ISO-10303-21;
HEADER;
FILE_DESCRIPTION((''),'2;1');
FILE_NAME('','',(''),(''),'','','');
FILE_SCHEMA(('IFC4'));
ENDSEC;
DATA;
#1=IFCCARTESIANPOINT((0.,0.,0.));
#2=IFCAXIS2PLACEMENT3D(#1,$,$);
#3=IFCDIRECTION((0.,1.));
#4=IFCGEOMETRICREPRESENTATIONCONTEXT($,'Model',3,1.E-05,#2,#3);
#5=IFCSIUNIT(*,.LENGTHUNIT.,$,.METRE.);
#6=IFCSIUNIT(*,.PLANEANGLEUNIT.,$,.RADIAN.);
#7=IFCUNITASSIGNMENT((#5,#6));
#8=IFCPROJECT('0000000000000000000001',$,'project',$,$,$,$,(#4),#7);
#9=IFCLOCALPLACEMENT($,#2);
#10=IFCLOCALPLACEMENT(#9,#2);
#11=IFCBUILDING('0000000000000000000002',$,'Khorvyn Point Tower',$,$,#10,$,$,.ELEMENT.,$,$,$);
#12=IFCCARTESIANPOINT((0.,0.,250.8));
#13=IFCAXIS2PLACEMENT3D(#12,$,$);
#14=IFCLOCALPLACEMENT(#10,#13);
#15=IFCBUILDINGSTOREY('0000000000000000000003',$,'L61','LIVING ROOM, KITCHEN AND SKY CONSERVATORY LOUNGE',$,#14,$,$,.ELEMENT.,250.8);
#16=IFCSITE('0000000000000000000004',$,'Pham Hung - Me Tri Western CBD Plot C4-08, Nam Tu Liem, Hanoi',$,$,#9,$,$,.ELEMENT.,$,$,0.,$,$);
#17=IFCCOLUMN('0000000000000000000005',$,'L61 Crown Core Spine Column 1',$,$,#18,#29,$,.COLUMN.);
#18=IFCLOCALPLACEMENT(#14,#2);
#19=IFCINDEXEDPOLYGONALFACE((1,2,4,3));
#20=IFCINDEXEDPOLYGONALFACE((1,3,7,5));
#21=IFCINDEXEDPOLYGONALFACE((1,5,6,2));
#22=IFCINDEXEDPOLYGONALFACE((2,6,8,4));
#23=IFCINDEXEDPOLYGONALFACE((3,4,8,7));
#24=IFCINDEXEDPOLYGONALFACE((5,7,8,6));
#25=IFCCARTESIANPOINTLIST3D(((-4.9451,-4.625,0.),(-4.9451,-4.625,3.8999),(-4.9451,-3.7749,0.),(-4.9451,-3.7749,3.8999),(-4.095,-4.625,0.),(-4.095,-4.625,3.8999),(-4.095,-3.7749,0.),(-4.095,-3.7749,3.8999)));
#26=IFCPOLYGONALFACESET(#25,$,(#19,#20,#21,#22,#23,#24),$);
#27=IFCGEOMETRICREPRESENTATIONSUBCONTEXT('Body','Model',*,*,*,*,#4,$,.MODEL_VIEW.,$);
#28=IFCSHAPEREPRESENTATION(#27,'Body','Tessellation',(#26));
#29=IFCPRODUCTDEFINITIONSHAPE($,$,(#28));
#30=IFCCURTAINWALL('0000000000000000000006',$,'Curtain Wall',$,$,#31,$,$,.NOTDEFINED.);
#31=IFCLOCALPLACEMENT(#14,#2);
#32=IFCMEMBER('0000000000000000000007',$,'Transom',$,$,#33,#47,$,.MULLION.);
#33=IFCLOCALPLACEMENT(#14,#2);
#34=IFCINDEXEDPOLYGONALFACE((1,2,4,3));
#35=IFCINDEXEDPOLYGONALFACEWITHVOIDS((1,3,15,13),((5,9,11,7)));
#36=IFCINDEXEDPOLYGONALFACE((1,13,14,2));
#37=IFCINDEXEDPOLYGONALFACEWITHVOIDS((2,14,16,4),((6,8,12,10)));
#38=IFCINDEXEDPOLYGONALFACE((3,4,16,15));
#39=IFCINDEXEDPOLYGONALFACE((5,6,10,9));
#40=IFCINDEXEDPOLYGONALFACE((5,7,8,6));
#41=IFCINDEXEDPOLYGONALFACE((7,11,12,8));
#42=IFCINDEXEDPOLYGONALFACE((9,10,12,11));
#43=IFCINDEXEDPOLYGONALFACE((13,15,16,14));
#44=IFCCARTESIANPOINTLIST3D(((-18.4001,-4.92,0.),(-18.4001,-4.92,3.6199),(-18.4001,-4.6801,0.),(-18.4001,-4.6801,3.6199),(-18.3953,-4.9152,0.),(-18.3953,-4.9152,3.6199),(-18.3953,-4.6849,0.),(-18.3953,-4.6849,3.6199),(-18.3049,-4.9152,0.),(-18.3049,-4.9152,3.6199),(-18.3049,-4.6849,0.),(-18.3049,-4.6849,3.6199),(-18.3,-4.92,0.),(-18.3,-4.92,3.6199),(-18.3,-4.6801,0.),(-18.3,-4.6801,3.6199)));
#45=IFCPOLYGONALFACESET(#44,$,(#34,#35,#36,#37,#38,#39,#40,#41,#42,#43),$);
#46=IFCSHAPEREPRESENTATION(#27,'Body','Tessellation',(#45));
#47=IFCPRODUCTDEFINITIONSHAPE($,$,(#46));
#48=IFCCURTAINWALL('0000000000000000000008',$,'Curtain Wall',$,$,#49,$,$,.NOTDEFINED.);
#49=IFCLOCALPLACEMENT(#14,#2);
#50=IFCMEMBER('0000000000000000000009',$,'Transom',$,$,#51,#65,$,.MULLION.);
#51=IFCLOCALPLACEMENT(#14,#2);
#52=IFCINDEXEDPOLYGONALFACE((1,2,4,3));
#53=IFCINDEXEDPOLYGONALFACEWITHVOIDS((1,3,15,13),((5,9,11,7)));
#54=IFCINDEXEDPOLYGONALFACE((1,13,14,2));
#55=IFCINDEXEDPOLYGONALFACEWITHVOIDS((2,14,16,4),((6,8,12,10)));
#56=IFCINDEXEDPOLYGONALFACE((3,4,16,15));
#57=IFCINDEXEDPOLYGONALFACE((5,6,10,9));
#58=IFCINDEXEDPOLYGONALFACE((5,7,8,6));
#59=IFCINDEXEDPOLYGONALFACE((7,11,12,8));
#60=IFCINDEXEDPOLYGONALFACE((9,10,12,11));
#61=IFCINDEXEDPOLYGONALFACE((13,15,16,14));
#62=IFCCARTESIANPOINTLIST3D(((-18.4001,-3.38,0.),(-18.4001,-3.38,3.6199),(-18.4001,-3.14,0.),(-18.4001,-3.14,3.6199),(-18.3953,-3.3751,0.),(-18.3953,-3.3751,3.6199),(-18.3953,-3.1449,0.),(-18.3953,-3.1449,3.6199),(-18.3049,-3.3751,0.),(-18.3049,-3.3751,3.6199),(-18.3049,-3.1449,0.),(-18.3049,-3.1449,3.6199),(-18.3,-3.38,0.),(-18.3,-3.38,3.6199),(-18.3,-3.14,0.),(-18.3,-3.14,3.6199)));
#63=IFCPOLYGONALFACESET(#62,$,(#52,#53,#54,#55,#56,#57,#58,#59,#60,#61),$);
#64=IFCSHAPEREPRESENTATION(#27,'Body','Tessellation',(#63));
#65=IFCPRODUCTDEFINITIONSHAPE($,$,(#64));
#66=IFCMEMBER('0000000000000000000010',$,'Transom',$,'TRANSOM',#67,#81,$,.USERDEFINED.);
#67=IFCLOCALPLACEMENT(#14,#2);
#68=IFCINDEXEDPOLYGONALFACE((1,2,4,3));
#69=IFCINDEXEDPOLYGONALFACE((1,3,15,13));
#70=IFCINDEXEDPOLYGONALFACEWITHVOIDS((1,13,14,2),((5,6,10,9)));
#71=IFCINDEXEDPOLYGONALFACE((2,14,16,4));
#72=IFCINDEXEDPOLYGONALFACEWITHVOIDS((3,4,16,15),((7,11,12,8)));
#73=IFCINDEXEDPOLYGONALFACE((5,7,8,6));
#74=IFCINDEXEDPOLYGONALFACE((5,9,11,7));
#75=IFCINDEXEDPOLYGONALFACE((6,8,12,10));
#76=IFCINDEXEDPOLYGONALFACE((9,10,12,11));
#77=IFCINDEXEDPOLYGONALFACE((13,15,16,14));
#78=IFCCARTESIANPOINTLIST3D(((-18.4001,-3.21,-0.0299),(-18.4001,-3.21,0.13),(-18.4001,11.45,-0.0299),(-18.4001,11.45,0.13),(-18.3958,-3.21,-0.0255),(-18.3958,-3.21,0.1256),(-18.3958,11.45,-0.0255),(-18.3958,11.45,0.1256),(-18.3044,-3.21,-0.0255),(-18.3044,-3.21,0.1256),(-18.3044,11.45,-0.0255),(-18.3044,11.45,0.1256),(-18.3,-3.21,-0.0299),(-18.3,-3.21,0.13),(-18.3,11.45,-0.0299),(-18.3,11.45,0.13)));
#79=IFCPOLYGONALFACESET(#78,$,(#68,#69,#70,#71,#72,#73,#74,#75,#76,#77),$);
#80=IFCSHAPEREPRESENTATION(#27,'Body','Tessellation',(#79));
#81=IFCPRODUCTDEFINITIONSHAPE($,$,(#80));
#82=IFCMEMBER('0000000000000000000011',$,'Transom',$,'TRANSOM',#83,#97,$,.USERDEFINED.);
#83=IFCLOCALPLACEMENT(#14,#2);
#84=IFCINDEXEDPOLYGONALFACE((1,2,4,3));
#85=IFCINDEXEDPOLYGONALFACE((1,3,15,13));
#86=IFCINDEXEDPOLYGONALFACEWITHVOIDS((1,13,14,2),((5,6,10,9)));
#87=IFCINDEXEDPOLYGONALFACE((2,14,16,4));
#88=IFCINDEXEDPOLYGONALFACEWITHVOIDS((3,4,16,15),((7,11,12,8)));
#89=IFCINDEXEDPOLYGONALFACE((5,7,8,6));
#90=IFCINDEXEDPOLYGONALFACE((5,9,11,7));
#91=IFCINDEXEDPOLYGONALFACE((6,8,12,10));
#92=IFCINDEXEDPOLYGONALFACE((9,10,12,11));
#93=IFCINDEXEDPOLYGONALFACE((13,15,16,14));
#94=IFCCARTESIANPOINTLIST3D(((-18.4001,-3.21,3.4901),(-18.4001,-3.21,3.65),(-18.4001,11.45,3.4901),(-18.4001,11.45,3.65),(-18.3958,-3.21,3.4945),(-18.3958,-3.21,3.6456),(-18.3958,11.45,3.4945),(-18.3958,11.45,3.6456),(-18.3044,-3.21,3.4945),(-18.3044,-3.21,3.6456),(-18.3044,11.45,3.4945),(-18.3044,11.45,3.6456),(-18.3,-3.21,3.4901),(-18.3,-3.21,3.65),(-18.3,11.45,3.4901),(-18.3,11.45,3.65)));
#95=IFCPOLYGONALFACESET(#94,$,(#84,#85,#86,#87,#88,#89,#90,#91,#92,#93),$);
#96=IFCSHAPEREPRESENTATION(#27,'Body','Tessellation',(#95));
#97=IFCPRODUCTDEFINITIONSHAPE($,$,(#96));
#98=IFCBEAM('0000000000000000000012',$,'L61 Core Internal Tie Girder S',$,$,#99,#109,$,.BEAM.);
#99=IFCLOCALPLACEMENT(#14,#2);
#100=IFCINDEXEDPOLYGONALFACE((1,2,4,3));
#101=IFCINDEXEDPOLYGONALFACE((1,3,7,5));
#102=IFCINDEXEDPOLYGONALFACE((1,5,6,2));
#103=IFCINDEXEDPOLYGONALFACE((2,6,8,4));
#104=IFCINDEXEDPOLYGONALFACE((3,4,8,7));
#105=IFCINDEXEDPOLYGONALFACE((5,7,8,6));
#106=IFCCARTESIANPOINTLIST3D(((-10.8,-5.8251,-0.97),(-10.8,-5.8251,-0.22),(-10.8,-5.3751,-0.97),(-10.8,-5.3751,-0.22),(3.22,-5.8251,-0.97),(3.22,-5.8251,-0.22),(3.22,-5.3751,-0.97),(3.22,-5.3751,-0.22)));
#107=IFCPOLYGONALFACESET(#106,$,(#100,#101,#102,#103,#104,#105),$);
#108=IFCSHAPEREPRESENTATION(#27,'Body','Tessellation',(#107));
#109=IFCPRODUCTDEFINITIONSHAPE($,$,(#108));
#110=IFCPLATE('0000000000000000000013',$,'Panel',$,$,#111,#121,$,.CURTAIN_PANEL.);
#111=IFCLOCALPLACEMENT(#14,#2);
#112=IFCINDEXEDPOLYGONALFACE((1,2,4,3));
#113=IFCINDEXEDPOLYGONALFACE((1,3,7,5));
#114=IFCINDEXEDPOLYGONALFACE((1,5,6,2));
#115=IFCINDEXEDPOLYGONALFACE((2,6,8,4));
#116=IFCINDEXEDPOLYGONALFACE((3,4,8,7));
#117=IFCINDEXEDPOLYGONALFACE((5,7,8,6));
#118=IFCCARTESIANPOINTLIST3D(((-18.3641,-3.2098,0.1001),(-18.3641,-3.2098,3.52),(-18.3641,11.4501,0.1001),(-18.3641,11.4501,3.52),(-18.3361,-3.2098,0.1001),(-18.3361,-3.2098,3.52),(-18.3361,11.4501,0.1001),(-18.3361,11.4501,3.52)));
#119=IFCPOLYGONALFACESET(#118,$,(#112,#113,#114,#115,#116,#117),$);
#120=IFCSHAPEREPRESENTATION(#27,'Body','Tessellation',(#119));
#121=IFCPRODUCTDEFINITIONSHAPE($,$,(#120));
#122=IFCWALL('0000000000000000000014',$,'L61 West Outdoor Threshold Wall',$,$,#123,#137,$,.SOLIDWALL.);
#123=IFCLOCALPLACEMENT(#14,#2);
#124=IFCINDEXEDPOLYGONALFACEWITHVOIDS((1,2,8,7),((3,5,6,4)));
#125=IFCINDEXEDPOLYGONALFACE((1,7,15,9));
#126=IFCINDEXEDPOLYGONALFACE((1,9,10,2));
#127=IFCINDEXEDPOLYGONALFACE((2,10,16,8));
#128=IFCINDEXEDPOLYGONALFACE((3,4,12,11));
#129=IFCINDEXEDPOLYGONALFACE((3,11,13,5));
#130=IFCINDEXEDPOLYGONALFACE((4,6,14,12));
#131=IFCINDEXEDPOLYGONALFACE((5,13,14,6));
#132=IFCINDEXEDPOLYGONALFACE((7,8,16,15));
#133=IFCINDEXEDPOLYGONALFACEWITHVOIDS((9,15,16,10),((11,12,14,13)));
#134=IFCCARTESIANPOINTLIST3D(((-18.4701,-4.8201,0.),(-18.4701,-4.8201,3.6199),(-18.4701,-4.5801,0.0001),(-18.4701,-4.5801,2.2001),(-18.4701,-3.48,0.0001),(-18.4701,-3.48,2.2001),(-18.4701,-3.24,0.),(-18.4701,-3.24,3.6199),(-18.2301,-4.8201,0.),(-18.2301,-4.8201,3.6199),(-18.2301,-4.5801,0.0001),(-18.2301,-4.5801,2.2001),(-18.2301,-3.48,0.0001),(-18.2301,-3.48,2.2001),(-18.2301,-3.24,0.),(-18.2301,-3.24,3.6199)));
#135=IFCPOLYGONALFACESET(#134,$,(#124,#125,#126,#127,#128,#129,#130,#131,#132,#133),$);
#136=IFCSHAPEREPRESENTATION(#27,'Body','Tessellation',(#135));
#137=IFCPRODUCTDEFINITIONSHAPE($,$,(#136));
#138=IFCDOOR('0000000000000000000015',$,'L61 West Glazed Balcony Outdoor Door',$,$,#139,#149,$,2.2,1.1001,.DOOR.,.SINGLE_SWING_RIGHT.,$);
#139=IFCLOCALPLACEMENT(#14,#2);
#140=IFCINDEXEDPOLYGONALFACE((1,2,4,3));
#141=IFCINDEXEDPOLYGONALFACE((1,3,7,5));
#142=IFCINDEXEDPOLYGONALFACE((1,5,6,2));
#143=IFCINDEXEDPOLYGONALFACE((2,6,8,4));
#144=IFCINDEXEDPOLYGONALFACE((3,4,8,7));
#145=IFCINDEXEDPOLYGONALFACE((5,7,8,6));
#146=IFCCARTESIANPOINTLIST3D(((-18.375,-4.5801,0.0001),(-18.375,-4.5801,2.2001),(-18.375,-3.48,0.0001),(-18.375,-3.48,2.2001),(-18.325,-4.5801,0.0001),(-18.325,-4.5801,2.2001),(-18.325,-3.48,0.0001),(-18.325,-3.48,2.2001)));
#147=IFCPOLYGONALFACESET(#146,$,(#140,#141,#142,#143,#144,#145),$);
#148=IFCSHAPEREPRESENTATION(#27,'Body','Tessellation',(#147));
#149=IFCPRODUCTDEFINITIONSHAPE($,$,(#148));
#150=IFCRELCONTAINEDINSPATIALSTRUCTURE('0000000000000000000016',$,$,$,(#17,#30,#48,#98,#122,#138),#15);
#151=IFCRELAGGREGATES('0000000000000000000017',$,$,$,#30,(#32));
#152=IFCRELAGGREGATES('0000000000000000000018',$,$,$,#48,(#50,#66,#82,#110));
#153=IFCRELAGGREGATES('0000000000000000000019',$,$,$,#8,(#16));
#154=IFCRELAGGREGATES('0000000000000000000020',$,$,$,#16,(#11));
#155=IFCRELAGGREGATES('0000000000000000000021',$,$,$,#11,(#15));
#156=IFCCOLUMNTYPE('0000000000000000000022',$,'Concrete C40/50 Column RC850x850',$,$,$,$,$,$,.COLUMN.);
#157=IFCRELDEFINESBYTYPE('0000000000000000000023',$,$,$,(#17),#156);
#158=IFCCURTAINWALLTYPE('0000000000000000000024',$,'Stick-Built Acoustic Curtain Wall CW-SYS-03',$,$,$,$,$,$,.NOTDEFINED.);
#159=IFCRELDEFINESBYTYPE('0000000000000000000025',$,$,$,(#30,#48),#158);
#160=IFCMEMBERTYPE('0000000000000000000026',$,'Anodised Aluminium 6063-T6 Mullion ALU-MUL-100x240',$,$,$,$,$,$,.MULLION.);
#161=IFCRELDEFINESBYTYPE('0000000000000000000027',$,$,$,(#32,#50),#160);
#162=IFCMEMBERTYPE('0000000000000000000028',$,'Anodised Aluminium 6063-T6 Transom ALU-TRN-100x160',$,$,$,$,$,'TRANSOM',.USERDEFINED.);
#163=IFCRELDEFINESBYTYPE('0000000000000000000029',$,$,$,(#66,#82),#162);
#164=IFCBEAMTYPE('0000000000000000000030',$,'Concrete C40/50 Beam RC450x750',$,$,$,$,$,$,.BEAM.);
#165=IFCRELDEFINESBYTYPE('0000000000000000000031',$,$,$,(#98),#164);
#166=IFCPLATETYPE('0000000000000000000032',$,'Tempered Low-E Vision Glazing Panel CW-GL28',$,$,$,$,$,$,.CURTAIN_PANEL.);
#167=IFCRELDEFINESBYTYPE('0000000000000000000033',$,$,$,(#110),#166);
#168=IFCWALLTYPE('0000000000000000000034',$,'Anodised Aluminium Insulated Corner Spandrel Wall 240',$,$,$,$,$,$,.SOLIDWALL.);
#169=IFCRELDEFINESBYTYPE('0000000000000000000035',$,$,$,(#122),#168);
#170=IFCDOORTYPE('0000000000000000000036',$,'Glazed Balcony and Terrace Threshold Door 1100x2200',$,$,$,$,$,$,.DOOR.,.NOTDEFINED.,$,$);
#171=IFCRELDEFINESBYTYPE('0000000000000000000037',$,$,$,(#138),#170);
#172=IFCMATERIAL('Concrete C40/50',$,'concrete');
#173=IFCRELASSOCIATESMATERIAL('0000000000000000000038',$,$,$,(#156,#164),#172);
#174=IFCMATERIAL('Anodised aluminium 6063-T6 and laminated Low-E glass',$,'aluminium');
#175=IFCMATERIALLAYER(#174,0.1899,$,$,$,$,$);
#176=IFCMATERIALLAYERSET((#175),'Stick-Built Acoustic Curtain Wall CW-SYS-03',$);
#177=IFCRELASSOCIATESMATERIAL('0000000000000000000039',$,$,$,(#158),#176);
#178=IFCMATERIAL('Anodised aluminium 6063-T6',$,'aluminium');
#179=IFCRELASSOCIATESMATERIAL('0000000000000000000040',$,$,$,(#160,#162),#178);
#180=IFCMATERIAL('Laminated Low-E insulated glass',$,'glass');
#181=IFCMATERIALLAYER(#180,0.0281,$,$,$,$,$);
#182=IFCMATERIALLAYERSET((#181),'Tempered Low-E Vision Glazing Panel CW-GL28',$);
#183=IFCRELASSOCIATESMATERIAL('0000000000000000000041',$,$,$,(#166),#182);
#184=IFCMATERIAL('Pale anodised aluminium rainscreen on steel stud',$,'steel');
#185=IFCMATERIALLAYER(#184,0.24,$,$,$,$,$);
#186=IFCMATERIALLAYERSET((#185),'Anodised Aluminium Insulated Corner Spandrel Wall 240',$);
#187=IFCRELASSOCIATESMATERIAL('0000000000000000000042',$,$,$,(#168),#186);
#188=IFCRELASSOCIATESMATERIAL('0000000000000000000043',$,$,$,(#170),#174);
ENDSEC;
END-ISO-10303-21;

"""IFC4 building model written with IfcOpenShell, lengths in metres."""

from ifc_helpers import new_model, si_unit, direction, frame, frame_2d, origin, origin_2d, place, context, subcontext, project, spatial, rectangle, hollow_rectangle, extrude, material, layer, layer_set, material_profile, profile_set, type_object, element, fill, aggregate, save


model = new_model("IFC4")

# Units and contexts
model_context = context("Model", 3, precision=1e-05, world=origin(), true_north=direction((0.0, 1.0)))
body_context = subcontext(model_context, "Body", "Model", "MODEL_VIEW")
ifc_project = project(units=[si_unit("LENGTHUNIT", "METRE"), si_unit("PLANEANGLEUNIT", "RADIAN")], contexts=[model_context])

# Site, building, storey
site_placement = place(None, origin())
site = spatial("IfcSite", under=ifc_project, at=site_placement, Name="Pham Hung - Me Tri Western CBD Plot C4-08, Nam Tu Liem, Hanoi", CompositionType="ELEMENT", RefElevation=0.0)
building_placement = place(site_placement, origin())
building = spatial("IfcBuilding", under=site, at=building_placement, Name="Khorvyn Point Tower", CompositionType="ELEMENT")
storey_placement = place(building_placement, frame((0.0, 0.0, 250.8)))
storey = spatial("IfcBuildingStorey", under=building, at=storey_placement, Name="L61", Description="LIVING ROOM, KITCHEN AND SKY CONSERVATORY LOUNGE", CompositionType="ELEMENT", Elevation=250.8)

# Column
ifc_material_1 = material(Name="Concrete C40/50", Category="concrete")
ifc_material_profile_1 = material_profile(ifc_material_1, rectangle(XDim=0.8501, YDim=0.8501, at=origin_2d()))
ifc_profile_set_1 = profile_set([ifc_material_profile_1], Name="Concrete C40/50 RC850x850")
column_type = type_object("IfcColumnType", Name="Concrete C40/50 Column RC850x850", PredefinedType="COLUMN", material=ifc_profile_set_1)
column_placement = place(storey_placement, frame((-4.52, -4.2, 0.0), z_axis=(0.0, 0.0, 1.0), x_axis=(1.0, 0.0, 0.0)))
element("IfcColumn", 1, at=column_placement, inside=storey, type_object=column_type, Name="L61 Crown Core Spine Column 1", PredefinedType="COLUMN", context=body_context, shape_type="SweptSolid", body=[
    extrude(rectangle(XDim=0.8501, YDim=0.8501, at=origin_2d()), origin(), (0.0, 0.0, 1.0), 3.8999),
])

# Curtain wall, member
ifc_material_2 = material(Name="Anodised aluminium 6063-T6 and laminated Low-E glass", Category="aluminium")
ifc_layer_1 = layer(ifc_material_2, 0.1899)
ifc_layer_set_1 = layer_set([ifc_layer_1], Name="Stick-Built Acoustic Curtain Wall CW-SYS-03")
curtain_wall_type = type_object("IfcCurtainWallType", Name="Stick-Built Acoustic Curtain Wall CW-SYS-03", PredefinedType="NOTDEFINED", material=ifc_layer_set_1)
curtain_wall_1_placement = place(storey_placement, origin())
curtain_wall_1 = element("IfcCurtainWall", 2, at=curtain_wall_1_placement, inside=storey, type_object=curtain_wall_type, Name="Curtain Wall", PredefinedType="NOTDEFINED")
ifc_material_3 = material(Name="Anodised aluminium 6063-T6", Category="aluminium")
ifc_material_profile_2 = material_profile(ifc_material_3, hollow_rectangle(XDim=0.1001, YDim=0.24, WallThickness=0.0049, at=origin_2d()))
ifc_profile_set_2 = profile_set([ifc_material_profile_2], Name="Anodised aluminium 6063-T6 ALU-MUL-100x240")
member_type_1 = type_object("IfcMemberType", Name="Anodised Aluminium 6063-T6 Mullion ALU-MUL-100x240", PredefinedType="MULLION", material=ifc_profile_set_2)
member_1_placement = place(storey_placement, frame((-18.3501, -4.8, 0.0), z_axis=(0.0, 0.0, 1.0), x_axis=(-1.0, 0.0, 0.0)))
member_1 = element("IfcMember", 3, at=member_1_placement, type_object=member_type_1, Name="Transom", PredefinedType="MULLION", context=body_context, shape_type="SweptSolid", body=[
    extrude(hollow_rectangle(XDim=0.1001, YDim=0.24, WallThickness=0.0049, at=origin_2d()), origin(), (0.0, 0.0, 1.0), 3.6199),
])
aggregate(curtain_wall_1, [member_1])

# Curtain wall, members
curtain_wall_2_placement = place(storey_placement, origin())
curtain_wall_2 = element("IfcCurtainWall", 4, at=curtain_wall_2_placement, inside=storey, type_object=curtain_wall_type, Name="Curtain Wall", PredefinedType="NOTDEFINED")
member_2_placement = place(storey_placement, frame((-18.3501, -3.26, 0.0), z_axis=(0.0, 0.0, 1.0), x_axis=(-1.0, 0.0, 0.0)))
member_2 = element("IfcMember", 5, at=member_2_placement, type_object=member_type_1, Name="Transom", PredefinedType="MULLION", context=body_context, shape_type="SweptSolid", body=[
    extrude(hollow_rectangle(XDim=0.1001, YDim=0.24, WallThickness=0.0049, at=origin_2d()), origin(), (0.0, 0.0, 1.0), 3.6199),
])
ifc_material_profile_3 = material_profile(ifc_material_3, hollow_rectangle(XDim=0.1001, YDim=0.1599, WallThickness=0.0044, at=origin_2d()))
ifc_profile_set_3 = profile_set([ifc_material_profile_3], Name="Anodised aluminium 6063-T6 ALU-TRN-100x160")
member_type_2 = type_object("IfcMemberType", Name="Anodised Aluminium 6063-T6 Transom ALU-TRN-100x160", ElementType="TRANSOM", PredefinedType="USERDEFINED", material=ifc_profile_set_3)
member_3_placement = place(storey_placement, frame((-18.3501, -3.21, 0.05), z_axis=(0.0, 1.0, 0.0), x_axis=(-1.0, 0.0, 0.0)))
member_3 = element("IfcMember", 6, at=member_3_placement, type_object=member_type_2, Name="Transom", ObjectType="TRANSOM", PredefinedType="USERDEFINED", context=body_context, shape_type="SweptSolid", body=[
    extrude(hollow_rectangle(XDim=0.1001, YDim=0.1599, WallThickness=0.0044, at=origin_2d()), origin(), (0.0, 0.0, 1.0), 14.6599),
])
member_4_placement = place(storey_placement, frame((-18.3501, -3.21, 3.5701), z_axis=(0.0, 1.0, 0.0), x_axis=(-1.0, 0.0, 0.0)))
member_4 = element("IfcMember", 7, at=member_4_placement, type_object=member_type_2, Name="Transom", ObjectType="TRANSOM", PredefinedType="USERDEFINED", context=body_context, shape_type="SweptSolid", body=[
    extrude(hollow_rectangle(XDim=0.1001, YDim=0.1599, WallThickness=0.0044, at=origin_2d()), origin(), (0.0, 0.0, 1.0), 14.6599),
])

# Beam
ifc_material_profile_4 = material_profile(ifc_material_1, rectangle(XDim=0.45, YDim=0.75, at=origin_2d()))
ifc_profile_set_4 = profile_set([ifc_material_profile_4], Name="Concrete C40/50 RC450x750")
beam_type = type_object("IfcBeamType", Name="Concrete C40/50 Beam RC450x750", PredefinedType="BEAM", material=ifc_profile_set_4)
beam_placement = place(storey_placement, frame((-10.8, -5.6001, -0.595), z_axis=(1.0, 0.0, 0.0), x_axis=(0.0, 1.0, 0.0)))
element("IfcBeam", 8, at=beam_placement, inside=storey, type_object=beam_type, Name="L61 Core Internal Tie Girder S", PredefinedType="BEAM", context=body_context, shape_type="SweptSolid", body=[
    extrude(rectangle(XDim=0.45, YDim=0.75, at=origin_2d()), origin(), (0.0, 0.0, 1.0), 14.02),
])

# Plate
ifc_material_4 = material(Name="Laminated Low-E insulated glass", Category="glass")
ifc_layer_2 = layer(ifc_material_4, 0.0281)
ifc_layer_set_2 = layer_set([ifc_layer_2], Name="Tempered Low-E Vision Glazing Panel CW-GL28")
plate_type = type_object("IfcPlateType", Name="Tempered Low-E Vision Glazing Panel CW-GL28", PredefinedType="CURTAIN_PANEL", material=ifc_layer_set_2)
plate_placement = place(storey_placement, frame((-18.3501, 4.1201, 0.1001), z_axis=(0.0, 0.0, 1.0), x_axis=(0.0, 1.0, 0.0)))
plate = element("IfcPlate", 9, at=plate_placement, type_object=plate_type, Name="Panel", PredefinedType="CURTAIN_PANEL", context=body_context, shape_type="SweptSolid", body=[
    extrude(rectangle(XDim=14.6599, YDim=0.0281, at=origin_2d()), origin(), (0.0, 0.0, 1.0), 3.4199),
])
aggregate(curtain_wall_2, [member_2, member_3, member_4, plate])

# Wall, opening, door
ifc_material_5 = material(Name="Pale anodised aluminium rainscreen on steel stud", Category="steel")
ifc_layer_3 = layer(ifc_material_5, 0.24)
ifc_layer_set_3 = layer_set([ifc_layer_3], Name="Anodised Aluminium Insulated Corner Spandrel Wall 240")
wall_type_1 = type_object("IfcWallType", Name="Anodised Aluminium Insulated Corner Spandrel Wall 240", PredefinedType="SOLIDWALL", material=ifc_layer_set_3)
wall_1_placement = place(storey_placement, frame((-18.3501, -4.8201, 0.0), z_axis=(0.0, 0.0, 1.0), x_axis=(0.0, 1.0, 0.0)))
wall_1 = element("IfcWall", 10, at=wall_1_placement, inside=storey, type_object=wall_type_1, Name="L61 West Outdoor Threshold Wall", PredefinedType="SOLIDWALL", context=body_context, shape_type="SweptSolid", body=[
    extrude(rectangle(XDim=1.5801, YDim=0.24, at=frame_2d((0.79, 0.0))), origin(), (0.0, 0.0, 1.0), 3.6199),
])
opening_1_placement = place(wall_1_placement, frame((0.24, 0.0, 0.0)))
opening_1 = element("IfcOpeningElement", 11, at=opening_1_placement, cuts=wall_1, PredefinedType="OPENING", context=body_context, shape_type="SweptSolid", body=[
    extrude(rectangle(XDim=1.1001, YDim=2.2, at=frame_2d((0.55, 1.1001))), frame((0.0, 0.1299, 0.0), z_axis=(0.0, -1.0, 0.0), x_axis=(1.0, 0.0, 0.0)), (0.0, 0.0, 1.0), 0.26),
])
door_type_1 = type_object("IfcDoorType", Name="Glazed Balcony and Terrace Threshold Door 1100x2200", OperationType="NOTDEFINED", PredefinedType="DOOR", material=ifc_material_2)
door_1_placement = place(opening_1_placement, origin())
door_1 = element("IfcDoor", 12, at=door_1_placement, inside=storey, type_object=door_type_1, Name="L61 West Glazed Balcony Outdoor Door", OperationType="SINGLE_SWING_RIGHT", OverallHeight=2.2, OverallWidth=1.1001, PredefinedType="DOOR", context=body_context, shape_type="SweptSolid", body=[
    extrude(rectangle(XDim=1.1001, YDim=2.2, at=frame_2d((0.55, 1.1001))), frame((0.0, 0.0249, 0.0), z_axis=(0.0, -1.0, 0.0), x_axis=(1.0, 0.0, 0.0)), (0.0, 0.0, 1.0), 0.05),
])
fill(opening_1, door_1)

save(model, "model.ifc")
